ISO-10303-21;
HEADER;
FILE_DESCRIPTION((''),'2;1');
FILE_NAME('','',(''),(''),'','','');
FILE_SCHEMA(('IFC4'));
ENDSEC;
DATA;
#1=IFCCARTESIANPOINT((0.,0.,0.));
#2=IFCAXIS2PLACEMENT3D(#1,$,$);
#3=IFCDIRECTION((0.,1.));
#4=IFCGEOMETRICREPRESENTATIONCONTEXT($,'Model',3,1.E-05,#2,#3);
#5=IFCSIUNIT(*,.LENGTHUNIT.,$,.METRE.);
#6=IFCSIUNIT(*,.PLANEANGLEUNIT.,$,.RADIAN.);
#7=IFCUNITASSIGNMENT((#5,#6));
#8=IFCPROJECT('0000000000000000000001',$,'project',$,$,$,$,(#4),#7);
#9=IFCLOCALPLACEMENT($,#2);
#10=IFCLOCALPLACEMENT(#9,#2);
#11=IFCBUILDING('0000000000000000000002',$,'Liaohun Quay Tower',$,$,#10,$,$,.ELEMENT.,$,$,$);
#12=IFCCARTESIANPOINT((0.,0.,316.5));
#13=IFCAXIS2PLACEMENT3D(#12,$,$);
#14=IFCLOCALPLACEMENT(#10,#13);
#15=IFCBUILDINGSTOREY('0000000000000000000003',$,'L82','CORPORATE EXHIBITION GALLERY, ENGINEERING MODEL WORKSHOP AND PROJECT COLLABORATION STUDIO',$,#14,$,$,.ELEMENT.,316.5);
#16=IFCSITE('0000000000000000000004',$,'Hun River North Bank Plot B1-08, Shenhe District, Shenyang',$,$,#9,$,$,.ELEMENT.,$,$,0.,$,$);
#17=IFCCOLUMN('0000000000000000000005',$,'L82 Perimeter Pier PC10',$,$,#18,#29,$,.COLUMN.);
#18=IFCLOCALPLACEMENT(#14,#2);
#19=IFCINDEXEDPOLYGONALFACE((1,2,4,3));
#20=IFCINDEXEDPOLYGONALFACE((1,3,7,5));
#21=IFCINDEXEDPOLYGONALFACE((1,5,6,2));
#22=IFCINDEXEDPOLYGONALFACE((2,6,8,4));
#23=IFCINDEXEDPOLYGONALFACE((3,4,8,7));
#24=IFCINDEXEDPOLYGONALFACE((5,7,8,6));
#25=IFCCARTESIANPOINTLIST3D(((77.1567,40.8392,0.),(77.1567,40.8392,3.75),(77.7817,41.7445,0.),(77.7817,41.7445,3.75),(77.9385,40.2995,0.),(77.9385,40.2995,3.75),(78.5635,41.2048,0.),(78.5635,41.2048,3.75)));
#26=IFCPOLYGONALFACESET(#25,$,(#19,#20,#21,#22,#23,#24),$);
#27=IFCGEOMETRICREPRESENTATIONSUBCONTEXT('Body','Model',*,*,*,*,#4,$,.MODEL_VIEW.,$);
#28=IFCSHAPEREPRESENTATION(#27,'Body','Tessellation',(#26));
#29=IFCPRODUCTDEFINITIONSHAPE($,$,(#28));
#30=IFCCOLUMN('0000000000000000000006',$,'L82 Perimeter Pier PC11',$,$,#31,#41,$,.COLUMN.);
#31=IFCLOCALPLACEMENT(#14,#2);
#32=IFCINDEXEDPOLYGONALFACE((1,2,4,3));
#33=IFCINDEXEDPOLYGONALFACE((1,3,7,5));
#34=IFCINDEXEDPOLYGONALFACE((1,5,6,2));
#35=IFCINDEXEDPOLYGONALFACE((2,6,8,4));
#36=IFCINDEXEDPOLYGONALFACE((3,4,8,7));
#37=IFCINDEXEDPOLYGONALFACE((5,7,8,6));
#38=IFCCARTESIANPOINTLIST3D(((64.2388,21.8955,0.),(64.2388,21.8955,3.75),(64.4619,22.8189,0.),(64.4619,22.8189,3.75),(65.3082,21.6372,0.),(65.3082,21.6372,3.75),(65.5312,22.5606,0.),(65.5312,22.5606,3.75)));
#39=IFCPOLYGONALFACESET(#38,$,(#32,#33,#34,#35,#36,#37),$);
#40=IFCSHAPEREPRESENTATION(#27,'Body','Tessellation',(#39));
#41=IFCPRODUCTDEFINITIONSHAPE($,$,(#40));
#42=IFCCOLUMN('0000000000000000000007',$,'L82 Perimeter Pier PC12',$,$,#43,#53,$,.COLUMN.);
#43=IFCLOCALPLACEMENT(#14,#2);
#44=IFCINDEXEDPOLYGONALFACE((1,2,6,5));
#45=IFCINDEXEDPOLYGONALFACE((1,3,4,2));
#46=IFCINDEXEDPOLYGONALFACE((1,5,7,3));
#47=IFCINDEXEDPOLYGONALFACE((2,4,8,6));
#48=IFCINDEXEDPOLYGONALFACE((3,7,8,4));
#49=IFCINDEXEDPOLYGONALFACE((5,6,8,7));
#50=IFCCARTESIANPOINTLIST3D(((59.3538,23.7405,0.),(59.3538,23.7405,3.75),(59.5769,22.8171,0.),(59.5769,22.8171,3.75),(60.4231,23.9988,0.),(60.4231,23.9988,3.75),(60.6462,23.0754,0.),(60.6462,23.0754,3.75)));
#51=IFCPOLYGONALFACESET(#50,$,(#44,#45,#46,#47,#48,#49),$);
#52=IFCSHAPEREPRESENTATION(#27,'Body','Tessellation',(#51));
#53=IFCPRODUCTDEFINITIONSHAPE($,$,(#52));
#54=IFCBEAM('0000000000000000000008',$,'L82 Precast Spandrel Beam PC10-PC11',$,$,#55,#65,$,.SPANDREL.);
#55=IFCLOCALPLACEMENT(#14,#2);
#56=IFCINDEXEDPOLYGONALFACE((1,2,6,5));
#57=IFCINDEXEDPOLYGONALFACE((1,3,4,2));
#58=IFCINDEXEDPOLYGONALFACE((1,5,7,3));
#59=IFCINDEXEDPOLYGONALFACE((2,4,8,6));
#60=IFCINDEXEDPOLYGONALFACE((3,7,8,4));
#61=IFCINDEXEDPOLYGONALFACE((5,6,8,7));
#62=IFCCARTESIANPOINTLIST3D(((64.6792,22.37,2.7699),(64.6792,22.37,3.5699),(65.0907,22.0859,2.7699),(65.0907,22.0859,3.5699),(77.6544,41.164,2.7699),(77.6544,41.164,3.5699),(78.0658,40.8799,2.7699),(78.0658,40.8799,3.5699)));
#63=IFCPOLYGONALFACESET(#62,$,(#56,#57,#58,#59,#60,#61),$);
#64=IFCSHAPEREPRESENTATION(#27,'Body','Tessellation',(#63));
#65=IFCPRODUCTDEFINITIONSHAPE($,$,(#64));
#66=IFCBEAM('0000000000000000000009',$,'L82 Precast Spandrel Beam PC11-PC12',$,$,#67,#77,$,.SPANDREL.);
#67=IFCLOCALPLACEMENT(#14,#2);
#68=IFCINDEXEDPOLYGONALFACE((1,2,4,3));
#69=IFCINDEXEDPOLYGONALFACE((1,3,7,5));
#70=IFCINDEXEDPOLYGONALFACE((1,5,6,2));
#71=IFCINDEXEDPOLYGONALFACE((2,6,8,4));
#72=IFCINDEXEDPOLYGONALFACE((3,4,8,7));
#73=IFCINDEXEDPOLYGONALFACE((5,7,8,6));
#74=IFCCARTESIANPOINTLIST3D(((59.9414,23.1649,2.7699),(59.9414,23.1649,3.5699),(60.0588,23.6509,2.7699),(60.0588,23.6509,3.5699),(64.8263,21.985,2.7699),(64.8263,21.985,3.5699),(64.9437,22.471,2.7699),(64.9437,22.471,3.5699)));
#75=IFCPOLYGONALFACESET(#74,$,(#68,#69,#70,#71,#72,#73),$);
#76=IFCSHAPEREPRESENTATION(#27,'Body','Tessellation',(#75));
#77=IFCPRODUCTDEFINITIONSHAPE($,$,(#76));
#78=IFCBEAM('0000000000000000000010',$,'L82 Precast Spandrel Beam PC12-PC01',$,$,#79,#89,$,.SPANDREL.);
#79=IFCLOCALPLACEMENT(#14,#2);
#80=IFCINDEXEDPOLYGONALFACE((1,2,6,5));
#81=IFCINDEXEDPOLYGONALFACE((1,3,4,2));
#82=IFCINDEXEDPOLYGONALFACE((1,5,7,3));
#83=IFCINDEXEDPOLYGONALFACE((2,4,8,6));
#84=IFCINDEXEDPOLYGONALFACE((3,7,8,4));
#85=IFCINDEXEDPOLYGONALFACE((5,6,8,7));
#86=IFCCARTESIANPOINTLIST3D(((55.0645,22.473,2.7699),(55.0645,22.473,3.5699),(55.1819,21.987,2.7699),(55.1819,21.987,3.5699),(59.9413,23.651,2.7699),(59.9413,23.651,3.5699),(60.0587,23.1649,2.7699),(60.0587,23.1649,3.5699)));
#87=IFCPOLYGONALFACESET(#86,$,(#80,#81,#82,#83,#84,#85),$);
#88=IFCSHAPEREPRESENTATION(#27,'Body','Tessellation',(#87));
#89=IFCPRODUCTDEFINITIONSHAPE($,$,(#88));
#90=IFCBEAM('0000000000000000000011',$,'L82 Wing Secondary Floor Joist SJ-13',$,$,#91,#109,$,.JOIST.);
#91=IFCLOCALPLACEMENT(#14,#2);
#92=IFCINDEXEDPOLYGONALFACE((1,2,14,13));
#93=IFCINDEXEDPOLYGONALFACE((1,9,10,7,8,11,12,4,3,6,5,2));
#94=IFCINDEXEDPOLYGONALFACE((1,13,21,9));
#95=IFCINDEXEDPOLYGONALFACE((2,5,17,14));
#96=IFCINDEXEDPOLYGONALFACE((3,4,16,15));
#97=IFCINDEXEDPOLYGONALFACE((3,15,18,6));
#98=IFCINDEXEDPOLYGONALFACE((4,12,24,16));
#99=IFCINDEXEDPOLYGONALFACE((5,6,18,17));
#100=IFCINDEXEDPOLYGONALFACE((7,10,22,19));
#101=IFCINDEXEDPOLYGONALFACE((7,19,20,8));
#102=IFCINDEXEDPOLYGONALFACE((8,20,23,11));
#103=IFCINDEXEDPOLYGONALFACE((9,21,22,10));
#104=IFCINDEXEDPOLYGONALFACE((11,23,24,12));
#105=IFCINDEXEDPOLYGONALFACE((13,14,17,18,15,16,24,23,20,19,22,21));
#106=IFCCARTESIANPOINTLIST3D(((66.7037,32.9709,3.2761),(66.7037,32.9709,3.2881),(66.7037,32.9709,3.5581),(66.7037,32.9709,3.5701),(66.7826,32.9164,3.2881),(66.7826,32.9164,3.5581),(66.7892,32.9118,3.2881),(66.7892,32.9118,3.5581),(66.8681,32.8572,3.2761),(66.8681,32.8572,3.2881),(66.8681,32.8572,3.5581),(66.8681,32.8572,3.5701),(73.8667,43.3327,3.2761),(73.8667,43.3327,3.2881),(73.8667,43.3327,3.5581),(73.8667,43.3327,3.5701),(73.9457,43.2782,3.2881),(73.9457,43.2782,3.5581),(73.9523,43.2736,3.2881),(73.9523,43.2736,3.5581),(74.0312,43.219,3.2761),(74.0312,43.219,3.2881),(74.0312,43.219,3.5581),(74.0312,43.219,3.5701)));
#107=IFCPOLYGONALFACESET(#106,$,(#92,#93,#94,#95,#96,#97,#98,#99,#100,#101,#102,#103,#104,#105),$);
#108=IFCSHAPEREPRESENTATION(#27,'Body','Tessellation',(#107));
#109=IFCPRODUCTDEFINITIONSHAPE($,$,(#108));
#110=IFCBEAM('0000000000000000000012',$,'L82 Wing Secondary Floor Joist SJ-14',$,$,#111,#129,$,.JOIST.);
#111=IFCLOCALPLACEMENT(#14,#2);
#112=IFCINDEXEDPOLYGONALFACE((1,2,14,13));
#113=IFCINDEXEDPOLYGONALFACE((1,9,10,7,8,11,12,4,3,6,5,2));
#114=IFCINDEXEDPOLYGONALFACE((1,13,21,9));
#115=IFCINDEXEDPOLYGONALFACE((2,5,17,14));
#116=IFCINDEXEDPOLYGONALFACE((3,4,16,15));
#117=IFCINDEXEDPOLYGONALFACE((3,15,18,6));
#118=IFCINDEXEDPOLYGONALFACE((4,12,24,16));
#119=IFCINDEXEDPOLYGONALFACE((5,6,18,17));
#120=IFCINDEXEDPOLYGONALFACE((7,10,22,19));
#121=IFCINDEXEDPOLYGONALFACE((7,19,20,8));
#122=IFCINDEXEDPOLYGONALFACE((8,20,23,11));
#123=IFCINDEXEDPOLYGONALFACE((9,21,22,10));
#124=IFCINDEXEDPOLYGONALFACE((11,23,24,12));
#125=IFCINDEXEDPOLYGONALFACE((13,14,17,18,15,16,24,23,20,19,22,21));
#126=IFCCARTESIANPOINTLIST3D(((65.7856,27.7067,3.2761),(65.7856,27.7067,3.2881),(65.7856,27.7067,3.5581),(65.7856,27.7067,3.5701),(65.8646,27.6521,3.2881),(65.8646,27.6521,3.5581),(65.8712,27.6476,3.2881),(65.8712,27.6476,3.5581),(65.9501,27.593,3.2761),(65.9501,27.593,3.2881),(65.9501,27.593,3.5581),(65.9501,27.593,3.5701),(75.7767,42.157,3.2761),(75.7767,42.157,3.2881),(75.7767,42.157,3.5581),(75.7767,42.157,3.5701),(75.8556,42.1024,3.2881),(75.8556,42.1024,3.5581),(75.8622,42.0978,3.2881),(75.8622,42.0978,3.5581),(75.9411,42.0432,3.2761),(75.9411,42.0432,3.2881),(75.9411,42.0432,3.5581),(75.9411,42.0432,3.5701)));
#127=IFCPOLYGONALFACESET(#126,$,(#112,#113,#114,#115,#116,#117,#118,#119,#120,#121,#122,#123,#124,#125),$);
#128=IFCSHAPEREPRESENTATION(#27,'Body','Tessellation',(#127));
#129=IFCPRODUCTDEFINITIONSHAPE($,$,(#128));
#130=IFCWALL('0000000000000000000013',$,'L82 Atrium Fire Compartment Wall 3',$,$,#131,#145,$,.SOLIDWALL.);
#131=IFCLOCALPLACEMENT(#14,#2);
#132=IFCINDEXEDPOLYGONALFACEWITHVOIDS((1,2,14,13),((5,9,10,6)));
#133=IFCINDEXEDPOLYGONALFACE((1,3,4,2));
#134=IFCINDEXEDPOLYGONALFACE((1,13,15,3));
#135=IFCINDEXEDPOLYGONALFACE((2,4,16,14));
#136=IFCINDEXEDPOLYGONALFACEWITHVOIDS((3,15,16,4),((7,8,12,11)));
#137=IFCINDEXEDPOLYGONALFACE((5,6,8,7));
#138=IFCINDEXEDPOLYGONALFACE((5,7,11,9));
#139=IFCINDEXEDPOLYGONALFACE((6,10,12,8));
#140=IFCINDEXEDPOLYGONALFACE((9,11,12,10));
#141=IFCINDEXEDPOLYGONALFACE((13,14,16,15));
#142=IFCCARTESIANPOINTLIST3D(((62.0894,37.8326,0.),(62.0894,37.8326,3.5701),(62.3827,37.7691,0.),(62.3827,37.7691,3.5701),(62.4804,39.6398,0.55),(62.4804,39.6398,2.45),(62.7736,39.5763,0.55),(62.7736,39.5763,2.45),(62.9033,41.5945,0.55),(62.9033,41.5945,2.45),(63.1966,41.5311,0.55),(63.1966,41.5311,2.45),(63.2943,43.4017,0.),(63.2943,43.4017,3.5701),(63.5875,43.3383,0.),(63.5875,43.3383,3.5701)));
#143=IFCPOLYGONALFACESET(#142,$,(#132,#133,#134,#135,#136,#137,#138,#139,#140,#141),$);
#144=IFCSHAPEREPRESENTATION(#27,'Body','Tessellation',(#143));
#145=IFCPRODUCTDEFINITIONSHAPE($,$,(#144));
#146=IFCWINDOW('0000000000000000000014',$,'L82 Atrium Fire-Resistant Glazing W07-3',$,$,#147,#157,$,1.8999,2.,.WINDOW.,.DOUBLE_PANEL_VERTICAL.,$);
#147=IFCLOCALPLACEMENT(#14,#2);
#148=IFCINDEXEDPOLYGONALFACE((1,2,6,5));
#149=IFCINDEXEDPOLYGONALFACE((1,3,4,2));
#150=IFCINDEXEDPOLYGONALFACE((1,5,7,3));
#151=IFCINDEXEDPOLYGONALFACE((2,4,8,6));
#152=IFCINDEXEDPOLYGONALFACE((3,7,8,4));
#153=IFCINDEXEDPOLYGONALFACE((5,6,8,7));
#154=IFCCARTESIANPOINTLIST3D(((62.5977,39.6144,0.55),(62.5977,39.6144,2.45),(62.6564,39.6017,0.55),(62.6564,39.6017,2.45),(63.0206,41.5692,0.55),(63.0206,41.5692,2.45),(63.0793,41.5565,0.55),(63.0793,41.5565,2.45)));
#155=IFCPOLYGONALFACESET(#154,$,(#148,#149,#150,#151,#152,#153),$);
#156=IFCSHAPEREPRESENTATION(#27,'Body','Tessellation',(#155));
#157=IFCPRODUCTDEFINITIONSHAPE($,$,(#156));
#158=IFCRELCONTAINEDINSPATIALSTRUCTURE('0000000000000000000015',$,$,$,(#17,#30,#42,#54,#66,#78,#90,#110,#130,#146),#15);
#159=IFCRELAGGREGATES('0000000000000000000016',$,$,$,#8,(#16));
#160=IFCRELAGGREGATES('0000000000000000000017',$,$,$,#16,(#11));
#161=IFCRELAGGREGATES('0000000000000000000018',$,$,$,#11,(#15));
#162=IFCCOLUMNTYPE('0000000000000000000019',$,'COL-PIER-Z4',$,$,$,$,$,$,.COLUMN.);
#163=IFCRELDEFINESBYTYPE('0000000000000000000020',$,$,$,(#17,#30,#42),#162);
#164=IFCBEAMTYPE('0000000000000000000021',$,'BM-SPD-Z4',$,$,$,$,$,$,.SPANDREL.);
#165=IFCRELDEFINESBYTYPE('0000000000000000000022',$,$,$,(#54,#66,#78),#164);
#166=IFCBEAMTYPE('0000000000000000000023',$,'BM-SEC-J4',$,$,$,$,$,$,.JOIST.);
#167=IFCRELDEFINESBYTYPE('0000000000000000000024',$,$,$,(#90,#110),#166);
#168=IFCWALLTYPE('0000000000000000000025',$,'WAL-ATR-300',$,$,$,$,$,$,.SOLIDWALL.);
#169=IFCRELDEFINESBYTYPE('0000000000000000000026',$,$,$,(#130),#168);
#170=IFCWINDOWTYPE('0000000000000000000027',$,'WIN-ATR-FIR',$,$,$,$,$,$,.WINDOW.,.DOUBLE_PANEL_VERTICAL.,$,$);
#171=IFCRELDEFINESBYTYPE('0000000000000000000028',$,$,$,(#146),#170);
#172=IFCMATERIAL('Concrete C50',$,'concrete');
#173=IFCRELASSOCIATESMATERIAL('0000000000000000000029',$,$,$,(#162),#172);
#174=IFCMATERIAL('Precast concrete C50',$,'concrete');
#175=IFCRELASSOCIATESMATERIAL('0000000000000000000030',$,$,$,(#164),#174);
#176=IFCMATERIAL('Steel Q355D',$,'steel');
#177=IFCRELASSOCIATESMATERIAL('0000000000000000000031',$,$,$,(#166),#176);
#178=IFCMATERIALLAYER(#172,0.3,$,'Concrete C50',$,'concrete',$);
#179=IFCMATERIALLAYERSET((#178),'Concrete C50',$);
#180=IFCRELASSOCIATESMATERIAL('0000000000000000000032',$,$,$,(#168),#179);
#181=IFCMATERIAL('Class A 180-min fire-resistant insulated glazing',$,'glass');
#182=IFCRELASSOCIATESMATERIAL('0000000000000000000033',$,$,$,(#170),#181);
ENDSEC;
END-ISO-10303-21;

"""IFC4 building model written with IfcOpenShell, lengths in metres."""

from ifc_helpers import new_model, si_unit, direction, frame, frame_2d, origin, origin_2d, place, context, subcontext, project, spatial, rectangle, i_section, extrude, source, transform, mapped, material, layer, layer_set, material_profile, profile_set, type_object, element, fill, save


model = new_model("IFC4")

# Units and contexts
model_context = context("Model", 3, precision=1e-05, world=origin(), true_north=direction((0.0, 1.0)))
body_context = subcontext(model_context, "Body", "Model", "MODEL_VIEW")
ifc_project = project(units=[si_unit("LENGTHUNIT", "METRE"), si_unit("PLANEANGLEUNIT", "RADIAN")], contexts=[model_context])

# Site, building, storey
site_placement = place(None, origin())
site = spatial("IfcSite", under=ifc_project, at=site_placement, Name="Hun River North Bank Plot B1-08, Shenhe District, Shenyang", CompositionType="ELEMENT", RefElevation=0.0)
building_placement = place(site_placement, origin())
building = spatial("IfcBuilding", under=site, at=building_placement, Name="Liaohun Quay Tower", CompositionType="ELEMENT")
storey_placement = place(building_placement, frame((0.0, 0.0, 316.5)))
storey = spatial("IfcBuildingStorey", under=building, at=storey_placement, Name="L82", Description="CORPORATE EXHIBITION GALLERY, ENGINEERING MODEL WORKSHOP AND PROJECT COLLABORATION STUDIO", CompositionType="ELEMENT", Elevation=316.5)

# Columns
ifc_material_1 = material(Name="Concrete C50", Category="concrete")
ifc_material_profile_1 = material_profile(ifc_material_1, rectangle(XDim=1.1001, YDim=0.95, at=origin_2d()), Name="RC1100x950")
ifc_profile_set_1 = profile_set([ifc_material_profile_1], Name="Concrete C50")
column_type = type_object("IfcColumnType", Name="COL-PIER-Z4", PredefinedType="COLUMN", material=ifc_profile_set_1)
shared_shape_1 = source(origin(), body_context, "Body", "SweptSolid", [
    extrude(rectangle(XDim=1.1001, YDim=0.95, at=origin_2d()), origin(), (0.0, 0.0, 1.0), 3.75),
])
for number, where, z_axis, x_axis, name in (
    (1, (77.8601, 41.022, 0.0), (0.0, 0.0, 1.0), (0.568131, 0.822938, 0.0), "L82 Perimeter Pier PC10"),
    (2, (64.885, 22.228, 0.0), (0.0, 0.0, 1.0), (-0.972043, 0.234803, 0.0), "L82 Perimeter Pier PC11"),
    (3, (60.0, 23.408, 0.0), (0.0, 0.0, 1.0), (0.972043, 0.234803, 0.0), "L82 Perimeter Pier PC12"),
):
    element("IfcColumn", number, at=place(storey_placement, frame(where, z_axis=z_axis, x_axis=x_axis)), inside=storey, type_object=column_type, Name=name, PredefinedType="COLUMN", context=body_context, shape_type="MappedRepresentation", body=[
        mapped(shared_shape_1, transform((0.0, 0.0, 0.0), x_axis=(1.0, 0.0, 0.0), y_axis=(0.0, 1.0, 0.0), z_axis=(0.0, 0.0, 1.0), scale=1.0)),
    ])

# Beams
ifc_material_2 = material(Name="Precast concrete C50", Category="concrete")
ifc_material_profile_2 = material_profile(ifc_material_2, rectangle(XDim=0.5, YDim=0.8, at=origin_2d()), Name="RC500x800")
ifc_profile_set_2 = profile_set([ifc_material_profile_2], Name="Precast concrete C50")
beam_type_1 = type_object("IfcBeamType", Name="BM-SPD-Z4", PredefinedType="SPANDREL", material=ifc_profile_set_2)
shared_shape_2 = source(origin(), body_context, "Body", "SweptSolid", [
    extrude(rectangle(XDim=0.5, YDim=0.8, at=origin_2d()), origin(), (0.0, 0.0, 1.0), 22.8379),
])
beam_1_placement = place(storey_placement, frame((77.8601, 41.022, 3.1699), z_axis=(-0.568141, -0.822931, 0.0), x_axis=(0.822931, -0.568141, 0.0)))
element("IfcBeam", 4, at=beam_1_placement, inside=storey, type_object=beam_type_1, Name="L82 Precast Spandrel Beam PC10-PC11", PredefinedType="SPANDREL", context=body_context, shape_type="MappedRepresentation", body=[
    mapped(shared_shape_2, transform((0.0, 0.0, 0.0), x_axis=(1.0, 0.0, 0.0), y_axis=(0.0, 1.0, 0.0), z_axis=(0.0, 0.0, 1.0), scale=1.0)),
])
shared_shape_3 = source(origin(), body_context, "Body", "SweptSolid", [
    extrude(rectangle(XDim=0.5, YDim=0.8, at=origin_2d()), origin(), (0.0, 0.0, 1.0), 5.0254),
])
beam_2_placement = place(storey_placement, frame((64.885, 22.228, 3.1699), z_axis=(-0.972046, 0.234789, 0.0), x_axis=(-0.234789, -0.972046, 0.0)))
element("IfcBeam", 5, at=beam_2_placement, inside=storey, type_object=beam_type_1, Name="L82 Precast Spandrel Beam PC11-PC12", PredefinedType="SPANDREL", context=body_context, shape_type="MappedRepresentation", body=[
    mapped(shared_shape_3, transform((0.0, 0.0, 0.0), x_axis=(1.0, 0.0, 0.0), y_axis=(0.0, 1.0, 0.0), z_axis=(0.0, 0.0, 1.0), scale=1.0)),
])
shared_shape_4 = source(origin(), body_context, "Body", "SweptSolid", [
    extrude(rectangle(XDim=0.5, YDim=0.8, at=origin_2d()), origin(), (0.0, 0.0, 1.0), 5.0171),
])
beam_3_placement = place(storey_placement, frame((60.0, 23.408, 3.1699), z_axis=(-0.972047, -0.234788, 0.0), x_axis=(0.234788, -0.972047, 0.0)))
element("IfcBeam", 6, at=beam_3_placement, inside=storey, type_object=beam_type_1, Name="L82 Precast Spandrel Beam PC12-PC01", PredefinedType="SPANDREL", context=body_context, shape_type="MappedRepresentation", body=[
    mapped(shared_shape_4, transform((0.0, 0.0, 0.0), x_axis=(1.0, 0.0, 0.0), y_axis=(0.0, 1.0, 0.0), z_axis=(0.0, 0.0, 1.0), scale=1.0)),
])
ifc_material_3 = material(Name="Steel Q355D", Category="steel")
ifc_material_profile_3 = material_profile(ifc_material_3, i_section(OverallWidth=0.2, OverallDepth=0.2939, WebThickness=0.0081, FlangeThickness=0.012, at=origin_2d()), Name="HM294x200x8x12")
ifc_profile_set_3 = profile_set([ifc_material_profile_3], Name="Steel Q355D")
beam_type_2 = type_object("IfcBeamType", Name="BM-SEC-J4", PredefinedType="JOIST", material=ifc_profile_set_3)
shared_shape_5 = source(origin(), body_context, "Body", "SweptSolid", [
    extrude(i_section(OverallWidth=0.2, OverallDepth=0.2939, WebThickness=0.0081, FlangeThickness=0.012, at=origin_2d()), origin(), (0.0, 0.0, 1.0), 12.5967),
])
beam_4_placement = place(storey_placement, frame((73.949, 43.2759, 3.4231), z_axis=(-0.568647, -0.822581, 0.0), x_axis=(0.822581, -0.568647, 0.0)))
element("IfcBeam", 7, at=beam_4_placement, inside=storey, type_object=beam_type_2, Name="L82 Wing Secondary Floor Joist SJ-13", PredefinedType="JOIST", context=body_context, shape_type="MappedRepresentation", body=[
    mapped(shared_shape_5, transform((0.0, 0.0, 0.0), x_axis=(1.0, 0.0, 0.0), y_axis=(0.0, 1.0, 0.0), z_axis=(0.0, 0.0, 1.0), scale=1.0)),
])
shared_shape_6 = source(origin(), body_context, "Body", "SweptSolid", [
    extrude(i_section(OverallWidth=0.2, OverallDepth=0.2939, WebThickness=0.0081, FlangeThickness=0.012, at=origin_2d()), origin(), (0.0, 0.0, 1.0), 17.5679),
])
beam_5_placement = place(storey_placement, frame((75.8589, 42.1001, 3.4231), z_axis=(-0.568709, -0.822539, 0.0), x_axis=(0.822539, -0.568709, 0.0)))
element("IfcBeam", 8, at=beam_5_placement, inside=storey, type_object=beam_type_2, Name="L82 Wing Secondary Floor Joist SJ-14", PredefinedType="JOIST", context=body_context, shape_type="MappedRepresentation", body=[
    mapped(shared_shape_6, transform((0.0, 0.0, 0.0), x_axis=(1.0, 0.0, 0.0), y_axis=(0.0, 1.0, 0.0), z_axis=(0.0, 0.0, 1.0), scale=1.0)),
])

# Wall, opening, window
ifc_layer_1 = layer(ifc_material_1, 0.3, Name="Concrete C50", Category="concrete")
ifc_layer_set_1 = layer_set([ifc_layer_1], Name="Concrete C50")
wall_type_1 = type_object("IfcWallType", Name="WAL-ATR-300", PredefinedType="SOLIDWALL", material=ifc_layer_set_1)
wall_1_placement = place(storey_placement, frame((63.4409, 43.3701, 0.0), z_axis=(0.0, 0.0, 1.0), x_axis=(-0.211451, -0.977389, 0.0)))
wall_1 = element("IfcWall", 9, at=wall_1_placement, inside=storey, type_object=wall_type_1, Name="L82 Atrium Fire Compartment Wall 3", PredefinedType="SOLIDWALL", context=body_context, shape_type="SweptSolid", body=[
    extrude(rectangle(XDim=5.698, YDim=0.3, at=frame_2d((2.8491, 0.0))), origin(), (0.0, 0.0, 1.0), 3.5701),
])
shared_shape_7 = source(origin(), body_context, "Body", "SweptSolid", [
    extrude(rectangle(XDim=2.0, YDim=1.8999, at=frame_2d((1.0, 0.95))), frame((0.0, 0.1599, 0.0), z_axis=(0.0, -1.0, 0.0), x_axis=(1.0, 0.0, 0.0)), (0.0, 0.0, 1.0), 0.3201),
])
opening_1_placement = place(wall_1_placement, frame((1.8491, 0.0, 0.55)))
opening_1 = element("IfcOpeningElement", 10, at=opening_1_placement, cuts=wall_1, PredefinedType="OPENING", context=body_context, shape_type="MappedRepresentation", body=[
    mapped(shared_shape_7, transform((0.0, 0.0, 0.0), x_axis=(1.0, 0.0, 0.0), y_axis=(0.0, 1.0, 0.0), z_axis=(0.0, 0.0, 1.0), scale=1.0)),
])
ifc_material_4 = material(Name="Class A 180-min fire-resistant insulated glazing", Category="glass")
window_type_1 = type_object("IfcWindowType", Name="WIN-ATR-FIR", PartitioningType="DOUBLE_PANEL_VERTICAL", PredefinedType="WINDOW", material=ifc_material_4)
shared_shape_8 = source(origin(), body_context, "Body", "SweptSolid", [
    extrude(rectangle(XDim=2.0, YDim=1.8999, at=frame_2d((1.0, 0.95))), frame((0.0, 0.03, 0.0), z_axis=(0.0, -1.0, 0.0), x_axis=(1.0, 0.0, 0.0)), (0.0, 0.0, 1.0), 0.0601),
])
window_1_placement = place(opening_1_placement, origin())
window_1 = element("IfcWindow", 11, at=window_1_placement, inside=storey, type_object=window_type_1, Name="L82 Atrium Fire-Resistant Glazing W07-3", OverallHeight=1.8999, OverallWidth=2.0, PartitioningType="DOUBLE_PANEL_VERTICAL", PredefinedType="WINDOW", context=body_context, shape_type="MappedRepresentation", body=[
    mapped(shared_shape_8, transform((0.0, 0.0, 0.0), x_axis=(1.0, 0.0, 0.0), y_axis=(0.0, 1.0, 0.0), z_axis=(0.0, 0.0, 1.0), scale=1.0)),
])
fill(opening_1, window_1)

save(model, "model.ifc")
